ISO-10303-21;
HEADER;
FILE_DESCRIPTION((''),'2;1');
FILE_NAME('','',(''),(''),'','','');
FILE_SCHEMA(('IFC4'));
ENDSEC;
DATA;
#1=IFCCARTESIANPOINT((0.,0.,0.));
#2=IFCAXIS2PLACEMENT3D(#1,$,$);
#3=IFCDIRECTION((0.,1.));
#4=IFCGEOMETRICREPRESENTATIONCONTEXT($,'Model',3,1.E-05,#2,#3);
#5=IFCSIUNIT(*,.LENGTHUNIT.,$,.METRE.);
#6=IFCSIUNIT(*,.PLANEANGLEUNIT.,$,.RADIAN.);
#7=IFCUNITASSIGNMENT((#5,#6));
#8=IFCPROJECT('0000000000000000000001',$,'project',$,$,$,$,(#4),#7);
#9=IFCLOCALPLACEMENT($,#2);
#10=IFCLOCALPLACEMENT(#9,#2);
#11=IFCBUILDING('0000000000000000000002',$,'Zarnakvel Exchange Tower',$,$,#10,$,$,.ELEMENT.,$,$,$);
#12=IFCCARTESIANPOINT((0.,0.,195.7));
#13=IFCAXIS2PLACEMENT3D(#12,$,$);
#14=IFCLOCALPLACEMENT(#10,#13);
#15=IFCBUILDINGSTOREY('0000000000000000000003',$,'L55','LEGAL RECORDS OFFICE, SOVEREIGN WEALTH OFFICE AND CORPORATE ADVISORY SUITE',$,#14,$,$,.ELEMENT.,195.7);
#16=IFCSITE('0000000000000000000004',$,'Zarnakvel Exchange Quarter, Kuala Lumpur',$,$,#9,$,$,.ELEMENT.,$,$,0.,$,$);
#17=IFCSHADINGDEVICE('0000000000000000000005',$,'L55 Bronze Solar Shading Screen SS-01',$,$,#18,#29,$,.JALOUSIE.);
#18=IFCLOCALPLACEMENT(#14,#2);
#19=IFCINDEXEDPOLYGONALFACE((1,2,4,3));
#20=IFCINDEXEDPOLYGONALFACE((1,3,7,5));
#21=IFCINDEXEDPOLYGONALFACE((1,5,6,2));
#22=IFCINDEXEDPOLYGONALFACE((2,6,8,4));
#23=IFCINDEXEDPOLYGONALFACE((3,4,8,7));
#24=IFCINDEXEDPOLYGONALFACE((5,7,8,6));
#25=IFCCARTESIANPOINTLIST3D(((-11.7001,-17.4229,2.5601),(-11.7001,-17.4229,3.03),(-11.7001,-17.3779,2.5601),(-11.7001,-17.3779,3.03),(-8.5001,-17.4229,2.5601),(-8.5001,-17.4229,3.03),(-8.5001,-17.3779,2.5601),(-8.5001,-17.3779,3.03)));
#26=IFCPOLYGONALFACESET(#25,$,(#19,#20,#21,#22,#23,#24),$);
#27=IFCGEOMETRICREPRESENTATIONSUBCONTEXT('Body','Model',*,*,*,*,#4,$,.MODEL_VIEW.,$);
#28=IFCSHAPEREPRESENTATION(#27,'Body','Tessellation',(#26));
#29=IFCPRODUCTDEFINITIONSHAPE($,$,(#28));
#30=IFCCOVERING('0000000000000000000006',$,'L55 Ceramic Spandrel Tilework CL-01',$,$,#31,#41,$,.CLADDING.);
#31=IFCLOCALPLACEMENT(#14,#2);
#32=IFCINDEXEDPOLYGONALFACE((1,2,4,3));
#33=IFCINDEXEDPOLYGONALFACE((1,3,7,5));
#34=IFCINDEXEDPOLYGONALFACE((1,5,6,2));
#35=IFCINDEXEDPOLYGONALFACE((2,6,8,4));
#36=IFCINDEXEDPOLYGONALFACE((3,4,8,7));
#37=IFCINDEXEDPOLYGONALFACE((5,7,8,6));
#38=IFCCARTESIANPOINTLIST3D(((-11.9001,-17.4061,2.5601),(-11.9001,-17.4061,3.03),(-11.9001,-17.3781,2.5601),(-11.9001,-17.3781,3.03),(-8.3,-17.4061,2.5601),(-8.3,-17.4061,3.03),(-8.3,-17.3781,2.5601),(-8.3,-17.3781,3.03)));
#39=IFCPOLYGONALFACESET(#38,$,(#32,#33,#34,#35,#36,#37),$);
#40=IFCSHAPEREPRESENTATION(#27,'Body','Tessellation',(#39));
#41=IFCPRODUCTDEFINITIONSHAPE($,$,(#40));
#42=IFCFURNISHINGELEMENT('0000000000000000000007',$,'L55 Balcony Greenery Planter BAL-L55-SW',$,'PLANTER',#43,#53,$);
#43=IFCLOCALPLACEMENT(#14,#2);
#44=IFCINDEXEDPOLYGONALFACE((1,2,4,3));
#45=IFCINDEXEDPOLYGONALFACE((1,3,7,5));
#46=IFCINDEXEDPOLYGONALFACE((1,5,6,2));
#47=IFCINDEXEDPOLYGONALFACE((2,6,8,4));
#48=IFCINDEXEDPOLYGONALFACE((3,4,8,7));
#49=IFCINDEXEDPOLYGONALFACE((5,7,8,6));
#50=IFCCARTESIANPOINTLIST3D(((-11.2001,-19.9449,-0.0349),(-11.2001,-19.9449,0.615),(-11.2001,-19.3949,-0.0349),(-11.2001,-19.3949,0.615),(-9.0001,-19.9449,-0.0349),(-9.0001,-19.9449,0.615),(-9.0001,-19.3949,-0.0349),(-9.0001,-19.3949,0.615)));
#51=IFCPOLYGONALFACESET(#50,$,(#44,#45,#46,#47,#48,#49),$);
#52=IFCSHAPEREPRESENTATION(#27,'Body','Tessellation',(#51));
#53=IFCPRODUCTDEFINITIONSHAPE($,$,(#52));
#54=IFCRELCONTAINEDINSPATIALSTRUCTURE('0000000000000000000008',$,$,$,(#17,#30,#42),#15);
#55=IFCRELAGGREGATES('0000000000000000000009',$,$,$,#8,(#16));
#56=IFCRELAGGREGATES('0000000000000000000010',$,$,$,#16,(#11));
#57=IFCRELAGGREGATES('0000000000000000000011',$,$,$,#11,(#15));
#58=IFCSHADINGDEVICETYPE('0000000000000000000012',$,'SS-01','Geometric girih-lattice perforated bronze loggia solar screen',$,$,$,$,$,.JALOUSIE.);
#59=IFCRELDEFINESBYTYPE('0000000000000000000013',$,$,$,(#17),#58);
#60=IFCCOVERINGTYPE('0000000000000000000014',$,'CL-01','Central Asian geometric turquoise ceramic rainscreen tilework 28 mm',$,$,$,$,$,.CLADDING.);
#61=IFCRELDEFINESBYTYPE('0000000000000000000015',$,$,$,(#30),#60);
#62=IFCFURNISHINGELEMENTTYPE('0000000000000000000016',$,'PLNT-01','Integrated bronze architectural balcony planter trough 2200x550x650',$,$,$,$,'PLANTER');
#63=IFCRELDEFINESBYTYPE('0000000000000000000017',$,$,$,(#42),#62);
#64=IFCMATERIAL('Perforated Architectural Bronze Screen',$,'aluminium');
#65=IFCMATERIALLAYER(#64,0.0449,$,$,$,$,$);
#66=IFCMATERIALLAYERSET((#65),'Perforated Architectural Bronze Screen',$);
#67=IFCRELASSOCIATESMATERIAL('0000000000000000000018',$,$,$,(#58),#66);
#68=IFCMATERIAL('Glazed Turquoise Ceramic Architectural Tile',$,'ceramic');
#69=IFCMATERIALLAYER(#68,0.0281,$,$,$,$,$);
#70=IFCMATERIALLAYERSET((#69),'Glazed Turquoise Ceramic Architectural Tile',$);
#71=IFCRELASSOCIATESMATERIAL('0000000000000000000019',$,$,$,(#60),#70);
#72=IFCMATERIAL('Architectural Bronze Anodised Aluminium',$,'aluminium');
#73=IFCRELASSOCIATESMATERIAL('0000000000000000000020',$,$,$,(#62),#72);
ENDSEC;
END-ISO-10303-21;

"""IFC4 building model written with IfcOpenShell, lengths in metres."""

from ifc_helpers import new_model, si_unit, direction, frame, origin, origin_2d, place, context, subcontext, project, spatial, rectangle, extrude, source, transform, mapped, material, layer, layer_set, type_object, element, save


model = new_model("IFC4")

# Units and contexts
model_context = context("Model", 3, precision=1e-05, world=origin(), true_north=direction((0.0, 1.0)))
body_context = subcontext(model_context, "Body", "Model", "MODEL_VIEW")
ifc_project = project(units=[si_unit("LENGTHUNIT", "METRE"), si_unit("PLANEANGLEUNIT", "RADIAN")], contexts=[model_context])

# Site, building, storey
site_placement = place(None, origin())
site = spatial("IfcSite", under=ifc_project, at=site_placement, Name="Zarnakvel Exchange Quarter, Kuala Lumpur", CompositionType="ELEMENT", RefElevation=0.0)
building_placement = place(site_placement, origin())
building = spatial("IfcBuilding", under=site, at=building_placement, Name="Zarnakvel Exchange Tower", CompositionType="ELEMENT")
storey_placement = place(building_placement, frame((0.0, 0.0, 195.7)))
storey = spatial("IfcBuildingStorey", under=building, at=storey_placement, Name="L55", Description="LEGAL RECORDS OFFICE, SOVEREIGN WEALTH OFFICE AND CORPORATE ADVISORY SUITE", CompositionType="ELEMENT", Elevation=195.7)

# Shared definitions
ifc_material_1 = material(Name="Architectural Bronze Anodised Aluminium", Category="aluminium")

# Shading device
ifc_material_2 = material(Name="Perforated Architectural Bronze Screen", Category="aluminium")
ifc_layer_1 = layer(ifc_material_2, 0.0449)
ifc_layer_set_1 = layer_set([ifc_layer_1], Name="Perforated Architectural Bronze Screen")
shading_device_type = type_object("IfcShadingDeviceType", Name="SS-01", Description="Geometric girih-lattice perforated bronze loggia solar screen", PredefinedType="JALOUSIE", material=ifc_layer_set_1)
shared_shape_1 = source(origin(), body_context, "Body", "SweptSolid", [
    extrude(rectangle(XDim=3.2, YDim=0.0449, at=origin_2d()), origin(), (0.0, 0.0, 1.0), 0.47),
])
shading_device_placement = place(storey_placement, frame((-10.1001, -17.4004, 2.5601), z_axis=(0.0, 0.0, 1.0), x_axis=(-1.0, 0.0, 0.0)))
element("IfcShadingDevice", 1, at=shading_device_placement, inside=storey, type_object=shading_device_type, Name="L55 Bronze Solar Shading Screen SS-01", PredefinedType="JALOUSIE", context=body_context, shape_type="MappedRepresentation", body=[
    mapped(shared_shape_1, transform((0.0, 0.0, 0.0), x_axis=(1.0, 0.0, 0.0), y_axis=(0.0, 1.0, 0.0), z_axis=(0.0, 0.0, 1.0), scale=1.0)),
])

# Covering
ifc_material_3 = material(Name="Glazed Turquoise Ceramic Architectural Tile", Category="ceramic")
ifc_layer_2 = layer(ifc_material_3, 0.0281)
ifc_layer_set_2 = layer_set([ifc_layer_2], Name="Glazed Turquoise Ceramic Architectural Tile")
covering_type = type_object("IfcCoveringType", Name="CL-01", Description="Central Asian geometric turquoise ceramic rainscreen tilework 28 mm", PredefinedType="CLADDING", material=ifc_layer_set_2)
shared_shape_2 = source(origin(), body_context, "Body", "SweptSolid", [
    extrude(rectangle(XDim=3.6001, YDim=0.0281, at=origin_2d()), origin(), (0.0, 0.0, 1.0), 0.47),
])
covering_placement = place(storey_placement, frame((-10.1001, -17.3921, 2.5601), z_axis=(0.0, 0.0, 1.0), x_axis=(-1.0, 0.0, 0.0)))
element("IfcCovering", 2, at=covering_placement, inside=storey, type_object=covering_type, Name="L55 Ceramic Spandrel Tilework CL-01", PredefinedType="CLADDING", context=body_context, shape_type="MappedRepresentation", body=[
    mapped(shared_shape_2, transform((0.0, 0.0, 0.0), x_axis=(1.0, 0.0, 0.0), y_axis=(0.0, 1.0, 0.0), z_axis=(0.0, 0.0, 1.0), scale=1.0)),
])

# Furnishing element
furnishing_element_type = type_object("IfcFurnishingElementType", Name="PLNT-01", Description="Integrated bronze architectural balcony planter trough 2200x550x650", ElementType="PLANTER", material=ifc_material_1)
shared_shape_3 = source(origin(), body_context, "Body", "SweptSolid", [
    extrude(rectangle(XDim=2.2, YDim=0.55, at=origin_2d()), origin(), (0.0, 0.0, 1.0), 0.6499),
])
furnishing_placement = place(storey_placement, frame((-10.1001, -19.6699, -0.0349), z_axis=(0.0, 0.0, 1.0), x_axis=(1.0, 0.0, 0.0)))
element("IfcFurnishingElement", 3, at=furnishing_placement, inside=storey, type_object=furnishing_element_type, Name="L55 Balcony Greenery Planter BAL-L55-SW", ObjectType="PLANTER", context=body_context, shape_type="MappedRepresentation", body=[
    mapped(shared_shape_3, transform((0.0, 0.0, 0.0), x_axis=(1.0, 0.0, 0.0), y_axis=(0.0, 1.0, 0.0), z_axis=(0.0, 0.0, 1.0), scale=1.0)),
])

save(model, "model.ifc")
